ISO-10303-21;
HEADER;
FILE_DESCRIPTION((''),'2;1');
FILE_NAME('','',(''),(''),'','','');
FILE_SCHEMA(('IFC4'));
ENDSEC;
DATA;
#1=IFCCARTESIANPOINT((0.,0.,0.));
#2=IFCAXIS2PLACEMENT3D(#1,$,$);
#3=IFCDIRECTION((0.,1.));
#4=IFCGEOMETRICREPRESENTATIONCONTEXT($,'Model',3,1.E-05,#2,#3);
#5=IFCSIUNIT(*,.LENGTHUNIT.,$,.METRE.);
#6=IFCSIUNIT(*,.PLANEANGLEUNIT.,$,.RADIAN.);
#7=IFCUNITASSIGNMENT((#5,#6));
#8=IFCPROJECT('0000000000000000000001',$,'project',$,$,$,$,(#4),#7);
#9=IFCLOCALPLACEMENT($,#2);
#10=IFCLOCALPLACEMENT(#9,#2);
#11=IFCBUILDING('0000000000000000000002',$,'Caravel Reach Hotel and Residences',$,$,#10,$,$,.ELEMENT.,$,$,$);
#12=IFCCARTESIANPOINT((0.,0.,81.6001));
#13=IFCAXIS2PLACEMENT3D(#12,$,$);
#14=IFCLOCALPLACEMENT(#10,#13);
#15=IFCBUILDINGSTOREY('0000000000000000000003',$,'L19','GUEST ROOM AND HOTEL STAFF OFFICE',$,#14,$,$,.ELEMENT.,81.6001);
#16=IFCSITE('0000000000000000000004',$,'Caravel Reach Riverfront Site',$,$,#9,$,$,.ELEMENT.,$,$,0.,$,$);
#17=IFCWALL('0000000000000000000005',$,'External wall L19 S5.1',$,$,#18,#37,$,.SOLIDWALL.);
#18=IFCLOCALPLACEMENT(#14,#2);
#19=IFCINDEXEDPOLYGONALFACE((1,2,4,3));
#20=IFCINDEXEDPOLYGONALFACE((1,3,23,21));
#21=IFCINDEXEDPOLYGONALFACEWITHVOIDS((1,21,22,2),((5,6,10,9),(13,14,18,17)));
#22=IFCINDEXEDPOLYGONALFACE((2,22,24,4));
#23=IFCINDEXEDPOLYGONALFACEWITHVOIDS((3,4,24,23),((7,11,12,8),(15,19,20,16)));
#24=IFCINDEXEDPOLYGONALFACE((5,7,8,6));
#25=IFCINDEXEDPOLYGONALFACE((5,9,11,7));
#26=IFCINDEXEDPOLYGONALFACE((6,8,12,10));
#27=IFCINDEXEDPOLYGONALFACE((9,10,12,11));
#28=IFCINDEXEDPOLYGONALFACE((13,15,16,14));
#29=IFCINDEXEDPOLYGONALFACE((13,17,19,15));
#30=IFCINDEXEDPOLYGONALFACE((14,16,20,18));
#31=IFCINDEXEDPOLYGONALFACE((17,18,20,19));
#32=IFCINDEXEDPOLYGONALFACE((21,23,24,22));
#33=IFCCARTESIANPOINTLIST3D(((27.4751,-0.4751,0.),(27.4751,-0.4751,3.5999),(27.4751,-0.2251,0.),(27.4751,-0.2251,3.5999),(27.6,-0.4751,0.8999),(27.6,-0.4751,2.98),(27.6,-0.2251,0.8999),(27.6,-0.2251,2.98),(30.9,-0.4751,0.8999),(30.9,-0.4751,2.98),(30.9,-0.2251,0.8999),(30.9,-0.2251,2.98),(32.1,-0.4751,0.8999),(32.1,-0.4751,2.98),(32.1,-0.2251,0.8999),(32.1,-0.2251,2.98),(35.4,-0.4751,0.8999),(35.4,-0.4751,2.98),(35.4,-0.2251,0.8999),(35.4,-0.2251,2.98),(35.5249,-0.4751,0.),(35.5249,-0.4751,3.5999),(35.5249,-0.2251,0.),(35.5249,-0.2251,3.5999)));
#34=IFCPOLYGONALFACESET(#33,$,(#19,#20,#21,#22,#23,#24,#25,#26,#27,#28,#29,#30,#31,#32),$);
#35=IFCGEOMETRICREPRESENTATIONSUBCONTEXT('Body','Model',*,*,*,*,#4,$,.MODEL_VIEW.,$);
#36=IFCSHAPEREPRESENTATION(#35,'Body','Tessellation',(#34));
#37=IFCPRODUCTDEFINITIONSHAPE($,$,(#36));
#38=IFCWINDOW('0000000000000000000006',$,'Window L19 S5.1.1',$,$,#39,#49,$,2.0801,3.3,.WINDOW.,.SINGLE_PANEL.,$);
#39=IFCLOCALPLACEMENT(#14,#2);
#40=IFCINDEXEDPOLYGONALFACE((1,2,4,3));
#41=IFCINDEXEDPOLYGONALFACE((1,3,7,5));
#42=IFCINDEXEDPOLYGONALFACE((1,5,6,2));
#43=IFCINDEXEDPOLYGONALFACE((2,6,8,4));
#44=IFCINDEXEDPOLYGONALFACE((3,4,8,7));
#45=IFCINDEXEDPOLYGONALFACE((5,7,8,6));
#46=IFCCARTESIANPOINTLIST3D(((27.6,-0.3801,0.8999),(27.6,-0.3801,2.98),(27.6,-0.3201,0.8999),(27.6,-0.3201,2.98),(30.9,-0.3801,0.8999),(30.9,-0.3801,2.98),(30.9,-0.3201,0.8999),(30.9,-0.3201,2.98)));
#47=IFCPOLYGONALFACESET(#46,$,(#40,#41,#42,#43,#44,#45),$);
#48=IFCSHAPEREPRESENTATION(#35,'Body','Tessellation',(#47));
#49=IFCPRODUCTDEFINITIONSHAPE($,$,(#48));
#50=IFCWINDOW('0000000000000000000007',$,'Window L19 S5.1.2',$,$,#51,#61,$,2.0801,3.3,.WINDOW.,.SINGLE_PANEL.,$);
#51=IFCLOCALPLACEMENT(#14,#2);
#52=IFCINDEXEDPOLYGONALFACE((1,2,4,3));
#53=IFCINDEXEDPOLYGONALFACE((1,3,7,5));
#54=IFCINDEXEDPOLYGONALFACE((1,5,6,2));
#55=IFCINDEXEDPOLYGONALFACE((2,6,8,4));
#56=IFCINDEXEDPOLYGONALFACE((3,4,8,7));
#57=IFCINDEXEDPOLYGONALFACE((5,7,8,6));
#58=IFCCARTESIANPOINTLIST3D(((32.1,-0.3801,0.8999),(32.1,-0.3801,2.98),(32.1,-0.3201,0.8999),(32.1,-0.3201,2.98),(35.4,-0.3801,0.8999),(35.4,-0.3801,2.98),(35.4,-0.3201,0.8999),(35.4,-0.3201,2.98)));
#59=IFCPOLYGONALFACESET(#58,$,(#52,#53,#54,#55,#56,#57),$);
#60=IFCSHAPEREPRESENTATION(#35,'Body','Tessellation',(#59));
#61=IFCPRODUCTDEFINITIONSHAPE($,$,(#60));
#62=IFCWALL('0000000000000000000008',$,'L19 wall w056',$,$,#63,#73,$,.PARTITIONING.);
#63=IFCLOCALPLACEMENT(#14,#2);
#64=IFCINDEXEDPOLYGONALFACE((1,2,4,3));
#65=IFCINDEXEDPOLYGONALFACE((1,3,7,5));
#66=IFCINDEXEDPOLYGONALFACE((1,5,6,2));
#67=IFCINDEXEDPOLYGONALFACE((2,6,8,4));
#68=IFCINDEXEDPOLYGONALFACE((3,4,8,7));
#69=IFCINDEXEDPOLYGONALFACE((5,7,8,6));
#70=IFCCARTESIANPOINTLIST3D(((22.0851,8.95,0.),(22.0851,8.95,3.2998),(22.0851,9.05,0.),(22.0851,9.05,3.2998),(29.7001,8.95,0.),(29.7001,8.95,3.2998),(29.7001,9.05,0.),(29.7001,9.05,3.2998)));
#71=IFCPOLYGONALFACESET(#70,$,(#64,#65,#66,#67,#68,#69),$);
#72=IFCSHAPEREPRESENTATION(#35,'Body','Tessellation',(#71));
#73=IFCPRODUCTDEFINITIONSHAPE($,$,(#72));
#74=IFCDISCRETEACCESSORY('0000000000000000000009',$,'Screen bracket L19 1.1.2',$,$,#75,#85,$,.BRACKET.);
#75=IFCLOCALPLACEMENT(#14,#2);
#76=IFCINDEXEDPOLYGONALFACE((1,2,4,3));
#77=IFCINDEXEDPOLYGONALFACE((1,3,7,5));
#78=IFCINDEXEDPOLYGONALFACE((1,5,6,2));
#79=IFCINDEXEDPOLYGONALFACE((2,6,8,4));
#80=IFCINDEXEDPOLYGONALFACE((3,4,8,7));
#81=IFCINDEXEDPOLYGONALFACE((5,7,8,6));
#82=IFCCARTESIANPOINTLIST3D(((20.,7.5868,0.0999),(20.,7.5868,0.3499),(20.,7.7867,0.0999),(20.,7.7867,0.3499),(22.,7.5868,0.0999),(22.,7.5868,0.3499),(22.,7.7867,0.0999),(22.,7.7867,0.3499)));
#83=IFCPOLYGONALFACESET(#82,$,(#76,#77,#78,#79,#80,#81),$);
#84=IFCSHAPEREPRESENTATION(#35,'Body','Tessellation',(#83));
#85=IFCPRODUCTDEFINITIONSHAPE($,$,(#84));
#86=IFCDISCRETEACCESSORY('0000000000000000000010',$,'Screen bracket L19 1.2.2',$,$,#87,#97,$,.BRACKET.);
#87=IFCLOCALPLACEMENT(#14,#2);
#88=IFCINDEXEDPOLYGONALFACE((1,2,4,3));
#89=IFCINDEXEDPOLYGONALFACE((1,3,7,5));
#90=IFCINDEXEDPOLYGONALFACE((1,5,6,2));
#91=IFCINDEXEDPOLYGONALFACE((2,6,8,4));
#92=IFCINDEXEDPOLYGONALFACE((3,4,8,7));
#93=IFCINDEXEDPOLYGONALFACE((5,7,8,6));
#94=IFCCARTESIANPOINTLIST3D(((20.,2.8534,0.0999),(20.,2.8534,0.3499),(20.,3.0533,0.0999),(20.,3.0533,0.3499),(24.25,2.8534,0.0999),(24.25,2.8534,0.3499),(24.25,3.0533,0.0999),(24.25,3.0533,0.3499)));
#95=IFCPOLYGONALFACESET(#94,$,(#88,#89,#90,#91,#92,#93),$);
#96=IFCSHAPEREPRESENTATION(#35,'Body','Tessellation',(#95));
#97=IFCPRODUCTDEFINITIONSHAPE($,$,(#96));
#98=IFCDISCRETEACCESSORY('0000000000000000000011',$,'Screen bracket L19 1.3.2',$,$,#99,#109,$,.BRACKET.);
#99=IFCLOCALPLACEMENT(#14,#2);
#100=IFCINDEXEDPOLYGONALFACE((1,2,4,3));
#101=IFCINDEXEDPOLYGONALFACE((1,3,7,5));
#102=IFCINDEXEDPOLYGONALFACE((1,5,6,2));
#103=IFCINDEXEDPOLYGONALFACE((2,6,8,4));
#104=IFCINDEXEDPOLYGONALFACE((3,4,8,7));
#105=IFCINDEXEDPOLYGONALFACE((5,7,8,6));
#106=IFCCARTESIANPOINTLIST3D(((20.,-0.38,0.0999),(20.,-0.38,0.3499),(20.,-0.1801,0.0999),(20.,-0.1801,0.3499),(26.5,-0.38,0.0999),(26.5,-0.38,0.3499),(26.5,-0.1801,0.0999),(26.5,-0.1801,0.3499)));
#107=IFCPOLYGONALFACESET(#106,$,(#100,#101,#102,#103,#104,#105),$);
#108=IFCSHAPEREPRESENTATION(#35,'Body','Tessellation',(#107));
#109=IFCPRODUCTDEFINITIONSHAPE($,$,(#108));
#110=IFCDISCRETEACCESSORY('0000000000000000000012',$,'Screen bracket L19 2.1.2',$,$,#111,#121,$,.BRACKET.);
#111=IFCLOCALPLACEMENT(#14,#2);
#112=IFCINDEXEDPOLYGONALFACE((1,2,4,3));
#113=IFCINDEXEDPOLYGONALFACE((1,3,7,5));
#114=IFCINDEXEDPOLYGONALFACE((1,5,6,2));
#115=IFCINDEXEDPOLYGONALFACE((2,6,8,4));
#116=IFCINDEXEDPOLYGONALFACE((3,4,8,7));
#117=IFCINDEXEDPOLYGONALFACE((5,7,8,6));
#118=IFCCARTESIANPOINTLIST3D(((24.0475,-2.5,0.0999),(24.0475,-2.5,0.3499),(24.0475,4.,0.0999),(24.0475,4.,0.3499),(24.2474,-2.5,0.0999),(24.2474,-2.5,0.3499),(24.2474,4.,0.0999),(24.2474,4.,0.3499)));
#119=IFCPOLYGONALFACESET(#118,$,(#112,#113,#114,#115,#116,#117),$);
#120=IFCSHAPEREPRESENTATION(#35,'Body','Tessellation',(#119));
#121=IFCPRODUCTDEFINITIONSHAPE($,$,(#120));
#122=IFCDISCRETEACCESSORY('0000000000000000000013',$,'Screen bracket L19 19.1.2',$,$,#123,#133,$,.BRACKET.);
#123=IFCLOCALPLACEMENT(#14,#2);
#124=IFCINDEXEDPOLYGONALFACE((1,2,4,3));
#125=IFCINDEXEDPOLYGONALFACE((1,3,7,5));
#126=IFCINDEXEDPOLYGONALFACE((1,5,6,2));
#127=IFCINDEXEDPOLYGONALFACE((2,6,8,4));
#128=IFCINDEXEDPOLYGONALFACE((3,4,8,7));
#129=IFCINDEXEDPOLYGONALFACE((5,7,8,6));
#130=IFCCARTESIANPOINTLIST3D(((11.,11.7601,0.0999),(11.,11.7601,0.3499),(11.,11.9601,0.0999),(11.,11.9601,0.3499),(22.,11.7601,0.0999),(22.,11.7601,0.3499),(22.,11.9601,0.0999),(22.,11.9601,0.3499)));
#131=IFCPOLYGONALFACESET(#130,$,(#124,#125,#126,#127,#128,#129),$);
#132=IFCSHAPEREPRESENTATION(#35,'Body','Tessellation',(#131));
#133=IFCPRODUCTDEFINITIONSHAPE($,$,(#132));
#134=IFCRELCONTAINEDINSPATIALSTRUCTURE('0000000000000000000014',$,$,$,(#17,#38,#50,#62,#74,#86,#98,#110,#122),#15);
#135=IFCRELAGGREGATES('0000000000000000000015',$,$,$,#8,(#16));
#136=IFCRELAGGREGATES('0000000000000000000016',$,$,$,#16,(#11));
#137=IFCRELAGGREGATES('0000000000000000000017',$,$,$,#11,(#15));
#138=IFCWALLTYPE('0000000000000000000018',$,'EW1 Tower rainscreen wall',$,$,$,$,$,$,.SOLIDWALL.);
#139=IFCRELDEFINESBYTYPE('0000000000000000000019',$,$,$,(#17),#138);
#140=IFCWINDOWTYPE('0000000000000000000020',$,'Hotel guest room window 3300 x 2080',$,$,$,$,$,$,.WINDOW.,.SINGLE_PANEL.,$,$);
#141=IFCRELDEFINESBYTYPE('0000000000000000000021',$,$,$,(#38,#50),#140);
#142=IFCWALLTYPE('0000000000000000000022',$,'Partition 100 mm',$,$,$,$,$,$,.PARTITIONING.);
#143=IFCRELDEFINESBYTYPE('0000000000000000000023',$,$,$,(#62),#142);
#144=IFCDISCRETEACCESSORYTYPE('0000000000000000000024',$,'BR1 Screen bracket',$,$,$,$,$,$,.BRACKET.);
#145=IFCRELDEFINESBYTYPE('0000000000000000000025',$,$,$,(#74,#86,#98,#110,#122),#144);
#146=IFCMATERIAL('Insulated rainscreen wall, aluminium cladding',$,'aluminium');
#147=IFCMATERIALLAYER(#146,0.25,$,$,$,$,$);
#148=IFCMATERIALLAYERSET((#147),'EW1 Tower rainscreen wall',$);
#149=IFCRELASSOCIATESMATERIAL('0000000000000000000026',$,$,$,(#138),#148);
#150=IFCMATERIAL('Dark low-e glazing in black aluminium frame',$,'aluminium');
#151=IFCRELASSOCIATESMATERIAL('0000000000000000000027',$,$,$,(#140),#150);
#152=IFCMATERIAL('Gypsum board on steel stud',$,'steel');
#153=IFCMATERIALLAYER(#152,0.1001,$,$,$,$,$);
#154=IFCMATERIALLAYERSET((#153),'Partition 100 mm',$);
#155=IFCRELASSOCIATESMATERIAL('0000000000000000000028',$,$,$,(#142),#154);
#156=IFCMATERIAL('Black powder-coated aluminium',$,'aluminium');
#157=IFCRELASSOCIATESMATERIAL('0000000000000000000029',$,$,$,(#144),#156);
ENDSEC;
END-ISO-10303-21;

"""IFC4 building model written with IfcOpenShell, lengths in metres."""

from ifc_helpers import new_model, si_unit, direction, frame, frame_2d, origin, origin_2d, place, context, subcontext, project, spatial, rectangle, extrude, material, layer, layer_set, type_object, element, fill, save


model = new_model("IFC4")

# Units and contexts
model_context = context("Model", 3, precision=1e-05, world=origin(), true_north=direction((0.0, 1.0)))
body_context = subcontext(model_context, "Body", "Model", "MODEL_VIEW")
ifc_project = project(units=[si_unit("LENGTHUNIT", "METRE"), si_unit("PLANEANGLEUNIT", "RADIAN")], contexts=[model_context])

# Site, building, storey
site_placement = place(None, origin())
site = spatial("IfcSite", under=ifc_project, at=site_placement, Name="Caravel Reach Riverfront Site", CompositionType="ELEMENT", RefElevation=0.0)
building_placement = place(site_placement, origin())
building = spatial("IfcBuilding", under=site, at=building_placement, Name="Caravel Reach Hotel and Residences", CompositionType="ELEMENT")
storey_placement = place(building_placement, frame((0.0, 0.0, 81.6001)))
storey = spatial("IfcBuildingStorey", under=building, at=storey_placement, Name="L19", Description="GUEST ROOM AND HOTEL STAFF OFFICE", CompositionType="ELEMENT", Elevation=81.6001)

# Shared definitions
ifc_material_1 = material(Name="Insulated rainscreen wall, aluminium cladding", Category="aluminium")
ifc_layer_1 = layer(ifc_material_1, 0.25)
ifc_layer_set_1 = layer_set([ifc_layer_1], Name="EW1 Tower rainscreen wall")
wall_type_1 = type_object("IfcWallType", Name="EW1 Tower rainscreen wall", PredefinedType="SOLIDWALL", material=ifc_layer_set_1)

# Wall, openings, windows
wall_1_placement = place(storey_placement, frame((27.4751, -0.3501, 0.0), z_axis=(0.0, 0.0, 1.0), x_axis=(1.0, 0.0, 0.0)))
wall_1 = element("IfcWall", 1, at=wall_1_placement, inside=storey, type_object=wall_type_1, Name="External wall L19 S5.1", PredefinedType="SOLIDWALL", context=body_context, shape_type="SweptSolid", body=[
    extrude(rectangle(XDim=8.0498, YDim=0.25, at=frame_2d((4.0249, 0.0))), origin(), (0.0, 0.0, 1.0), 3.5999),
])
opening_1_placement = place(wall_1_placement, frame((0.125, 0.0, 0.8999)))
opening_1 = element("IfcOpeningElement", 2, at=opening_1_placement, cuts=wall_1, PredefinedType="OPENING", context=body_context, shape_type="SweptSolid", body=[
    extrude(rectangle(XDim=3.3, YDim=2.0801, at=frame_2d((1.6499, 1.04))), frame((0.0, 0.135, 0.0), z_axis=(0.0, -1.0, 0.0), x_axis=(1.0, 0.0, 0.0)), (0.0, 0.0, 1.0), 0.27),
])
opening_2_placement = place(wall_1_placement, frame((4.625, 0.0, 0.8999)))
opening_2 = element("IfcOpeningElement", 3, at=opening_2_placement, cuts=wall_1, PredefinedType="OPENING", context=body_context, shape_type="SweptSolid", body=[
    extrude(rectangle(XDim=3.3, YDim=2.0801, at=frame_2d((1.6499, 1.04))), frame((0.0, 0.135, 0.0), z_axis=(0.0, -1.0, 0.0), x_axis=(1.0, 0.0, 0.0)), (0.0, 0.0, 1.0), 0.27),
])
ifc_material_2 = material(Name="Dark low-e glazing in black aluminium frame", Category="aluminium")
window_type_1 = type_object("IfcWindowType", Name="Hotel guest room window 3300 x 2080", PartitioningType="SINGLE_PANEL", PredefinedType="WINDOW", material=ifc_material_2)
window_1_placement = place(opening_1_placement, origin())
window_1 = element("IfcWindow", 4, at=window_1_placement, inside=storey, type_object=window_type_1, Name="Window L19 S5.1.1", OverallHeight=2.0801, OverallWidth=3.3, PartitioningType="SINGLE_PANEL", PredefinedType="WINDOW", context=body_context, shape_type="SweptSolid", body=[
    extrude(rectangle(XDim=3.3, YDim=2.0801, at=frame_2d((1.6499, 1.04))), frame((0.0, 0.03, 0.0), z_axis=(0.0, -1.0, 0.0), x_axis=(1.0, 0.0, 0.0)), (0.0, 0.0, 1.0), 0.0601),
])
fill(opening_1, window_1)
window_2_placement = place(opening_2_placement, origin())
window_2 = element("IfcWindow", 5, at=window_2_placement, inside=storey, type_object=window_type_1, Name="Window L19 S5.1.2", OverallHeight=2.0801, OverallWidth=3.3, PartitioningType="SINGLE_PANEL", PredefinedType="WINDOW", context=body_context, shape_type="SweptSolid", body=[
    extrude(rectangle(XDim=3.3, YDim=2.0801, at=frame_2d((1.6499, 1.04))), frame((0.0, 0.03, 0.0), z_axis=(0.0, -1.0, 0.0), x_axis=(1.0, 0.0, 0.0)), (0.0, 0.0, 1.0), 0.0601),
])
fill(opening_2, window_2)

# Wall
ifc_material_3 = material(Name="Gypsum board on steel stud", Category="steel")
ifc_layer_2 = layer(ifc_material_3, 0.1001)
ifc_layer_set_2 = layer_set([ifc_layer_2], Name="Partition 100 mm")
wall_type_2 = type_object("IfcWallType", Name="Partition 100 mm", PredefinedType="PARTITIONING", material=ifc_layer_set_2)
wall_2_placement = place(storey_placement, frame((22.085, 9.0, 0.0), z_axis=(0.0, 0.0, 1.0), x_axis=(1.0, 0.0, 0.0)))
element("IfcWall", 6, at=wall_2_placement, inside=storey, type_object=wall_type_2, Name="L19 wall w056", PredefinedType="PARTITIONING", context=body_context, shape_type="SweptSolid", body=[
    extrude(rectangle(XDim=7.615, YDim=0.1001, at=frame_2d((3.8076, 0.0))), origin(), (0.0, 0.0, 1.0), 3.2998),
])

# Discrete accessories
ifc_material_4 = material(Name="Black powder-coated aluminium", Category="aluminium")
discrete_accessory_type = type_object("IfcDiscreteAccessoryType", Name="BR1 Screen bracket", PredefinedType="BRACKET", material=ifc_material_4)
discrete_accessory_1_placement = place(storey_placement, frame((21.0, 7.6868, 0.0999), z_axis=(0.0, 0.0, 1.0), x_axis=(-1.0, 0.0, 0.0)))
element("IfcDiscreteAccessory", 7, at=discrete_accessory_1_placement, inside=storey, type_object=discrete_accessory_type, Name="Screen bracket L19 1.1.2", PredefinedType="BRACKET", context=body_context, shape_type="SweptSolid", body=[
    extrude(rectangle(XDim=2.0, YDim=0.2, at=origin_2d()), origin(), (0.0, 0.0, 1.0), 0.25),
])
discrete_accessory_2_placement = place(storey_placement, frame((22.125, 2.9534, 0.0999), z_axis=(0.0, 0.0, 1.0), x_axis=(-1.0, 0.0, 0.0)))
element("IfcDiscreteAccessory", 8, at=discrete_accessory_2_placement, inside=storey, type_object=discrete_accessory_type, Name="Screen bracket L19 1.2.2", PredefinedType="BRACKET", context=body_context, shape_type="SweptSolid", body=[
    extrude(rectangle(XDim=4.25, YDim=0.2, at=origin_2d()), origin(), (0.0, 0.0, 1.0), 0.25),
])
for number, where, z_axis, x_axis, name in (
    (9, (23.25, -0.28, 0.0999), (0.0, 0.0, 1.0), (-1.0, 0.0, 0.0), "Screen bracket L19 1.3.2"),
    (10, (24.1475, 0.75, 0.0999), (0.0, 0.0, 1.0), (0.0, -1.0, 0.0), "Screen bracket L19 2.1.2"),
):
    element("IfcDiscreteAccessory", number, at=place(storey_placement, frame(where, z_axis=z_axis, x_axis=x_axis)), inside=storey, type_object=discrete_accessory_type, Name=name, PredefinedType="BRACKET", context=body_context, shape_type="SweptSolid", body=[
        extrude(rectangle(XDim=6.5, YDim=0.2, at=origin_2d()), origin(), (0.0, 0.0, 1.0), 0.25),
    ])
discrete_accessory_3_placement = place(storey_placement, frame((16.5, 11.8601, 0.0999), z_axis=(0.0, 0.0, 1.0), x_axis=(-1.0, 0.0, 0.0)))
element("IfcDiscreteAccessory", 11, at=discrete_accessory_3_placement, inside=storey, type_object=discrete_accessory_type, Name="Screen bracket L19 19.1.2", PredefinedType="BRACKET", context=body_context, shape_type="SweptSolid", body=[
    extrude(rectangle(XDim=11.0, YDim=0.2, at=origin_2d()), origin(), (0.0, 0.0, 1.0), 0.25),
])

save(model, "model.ifc")
